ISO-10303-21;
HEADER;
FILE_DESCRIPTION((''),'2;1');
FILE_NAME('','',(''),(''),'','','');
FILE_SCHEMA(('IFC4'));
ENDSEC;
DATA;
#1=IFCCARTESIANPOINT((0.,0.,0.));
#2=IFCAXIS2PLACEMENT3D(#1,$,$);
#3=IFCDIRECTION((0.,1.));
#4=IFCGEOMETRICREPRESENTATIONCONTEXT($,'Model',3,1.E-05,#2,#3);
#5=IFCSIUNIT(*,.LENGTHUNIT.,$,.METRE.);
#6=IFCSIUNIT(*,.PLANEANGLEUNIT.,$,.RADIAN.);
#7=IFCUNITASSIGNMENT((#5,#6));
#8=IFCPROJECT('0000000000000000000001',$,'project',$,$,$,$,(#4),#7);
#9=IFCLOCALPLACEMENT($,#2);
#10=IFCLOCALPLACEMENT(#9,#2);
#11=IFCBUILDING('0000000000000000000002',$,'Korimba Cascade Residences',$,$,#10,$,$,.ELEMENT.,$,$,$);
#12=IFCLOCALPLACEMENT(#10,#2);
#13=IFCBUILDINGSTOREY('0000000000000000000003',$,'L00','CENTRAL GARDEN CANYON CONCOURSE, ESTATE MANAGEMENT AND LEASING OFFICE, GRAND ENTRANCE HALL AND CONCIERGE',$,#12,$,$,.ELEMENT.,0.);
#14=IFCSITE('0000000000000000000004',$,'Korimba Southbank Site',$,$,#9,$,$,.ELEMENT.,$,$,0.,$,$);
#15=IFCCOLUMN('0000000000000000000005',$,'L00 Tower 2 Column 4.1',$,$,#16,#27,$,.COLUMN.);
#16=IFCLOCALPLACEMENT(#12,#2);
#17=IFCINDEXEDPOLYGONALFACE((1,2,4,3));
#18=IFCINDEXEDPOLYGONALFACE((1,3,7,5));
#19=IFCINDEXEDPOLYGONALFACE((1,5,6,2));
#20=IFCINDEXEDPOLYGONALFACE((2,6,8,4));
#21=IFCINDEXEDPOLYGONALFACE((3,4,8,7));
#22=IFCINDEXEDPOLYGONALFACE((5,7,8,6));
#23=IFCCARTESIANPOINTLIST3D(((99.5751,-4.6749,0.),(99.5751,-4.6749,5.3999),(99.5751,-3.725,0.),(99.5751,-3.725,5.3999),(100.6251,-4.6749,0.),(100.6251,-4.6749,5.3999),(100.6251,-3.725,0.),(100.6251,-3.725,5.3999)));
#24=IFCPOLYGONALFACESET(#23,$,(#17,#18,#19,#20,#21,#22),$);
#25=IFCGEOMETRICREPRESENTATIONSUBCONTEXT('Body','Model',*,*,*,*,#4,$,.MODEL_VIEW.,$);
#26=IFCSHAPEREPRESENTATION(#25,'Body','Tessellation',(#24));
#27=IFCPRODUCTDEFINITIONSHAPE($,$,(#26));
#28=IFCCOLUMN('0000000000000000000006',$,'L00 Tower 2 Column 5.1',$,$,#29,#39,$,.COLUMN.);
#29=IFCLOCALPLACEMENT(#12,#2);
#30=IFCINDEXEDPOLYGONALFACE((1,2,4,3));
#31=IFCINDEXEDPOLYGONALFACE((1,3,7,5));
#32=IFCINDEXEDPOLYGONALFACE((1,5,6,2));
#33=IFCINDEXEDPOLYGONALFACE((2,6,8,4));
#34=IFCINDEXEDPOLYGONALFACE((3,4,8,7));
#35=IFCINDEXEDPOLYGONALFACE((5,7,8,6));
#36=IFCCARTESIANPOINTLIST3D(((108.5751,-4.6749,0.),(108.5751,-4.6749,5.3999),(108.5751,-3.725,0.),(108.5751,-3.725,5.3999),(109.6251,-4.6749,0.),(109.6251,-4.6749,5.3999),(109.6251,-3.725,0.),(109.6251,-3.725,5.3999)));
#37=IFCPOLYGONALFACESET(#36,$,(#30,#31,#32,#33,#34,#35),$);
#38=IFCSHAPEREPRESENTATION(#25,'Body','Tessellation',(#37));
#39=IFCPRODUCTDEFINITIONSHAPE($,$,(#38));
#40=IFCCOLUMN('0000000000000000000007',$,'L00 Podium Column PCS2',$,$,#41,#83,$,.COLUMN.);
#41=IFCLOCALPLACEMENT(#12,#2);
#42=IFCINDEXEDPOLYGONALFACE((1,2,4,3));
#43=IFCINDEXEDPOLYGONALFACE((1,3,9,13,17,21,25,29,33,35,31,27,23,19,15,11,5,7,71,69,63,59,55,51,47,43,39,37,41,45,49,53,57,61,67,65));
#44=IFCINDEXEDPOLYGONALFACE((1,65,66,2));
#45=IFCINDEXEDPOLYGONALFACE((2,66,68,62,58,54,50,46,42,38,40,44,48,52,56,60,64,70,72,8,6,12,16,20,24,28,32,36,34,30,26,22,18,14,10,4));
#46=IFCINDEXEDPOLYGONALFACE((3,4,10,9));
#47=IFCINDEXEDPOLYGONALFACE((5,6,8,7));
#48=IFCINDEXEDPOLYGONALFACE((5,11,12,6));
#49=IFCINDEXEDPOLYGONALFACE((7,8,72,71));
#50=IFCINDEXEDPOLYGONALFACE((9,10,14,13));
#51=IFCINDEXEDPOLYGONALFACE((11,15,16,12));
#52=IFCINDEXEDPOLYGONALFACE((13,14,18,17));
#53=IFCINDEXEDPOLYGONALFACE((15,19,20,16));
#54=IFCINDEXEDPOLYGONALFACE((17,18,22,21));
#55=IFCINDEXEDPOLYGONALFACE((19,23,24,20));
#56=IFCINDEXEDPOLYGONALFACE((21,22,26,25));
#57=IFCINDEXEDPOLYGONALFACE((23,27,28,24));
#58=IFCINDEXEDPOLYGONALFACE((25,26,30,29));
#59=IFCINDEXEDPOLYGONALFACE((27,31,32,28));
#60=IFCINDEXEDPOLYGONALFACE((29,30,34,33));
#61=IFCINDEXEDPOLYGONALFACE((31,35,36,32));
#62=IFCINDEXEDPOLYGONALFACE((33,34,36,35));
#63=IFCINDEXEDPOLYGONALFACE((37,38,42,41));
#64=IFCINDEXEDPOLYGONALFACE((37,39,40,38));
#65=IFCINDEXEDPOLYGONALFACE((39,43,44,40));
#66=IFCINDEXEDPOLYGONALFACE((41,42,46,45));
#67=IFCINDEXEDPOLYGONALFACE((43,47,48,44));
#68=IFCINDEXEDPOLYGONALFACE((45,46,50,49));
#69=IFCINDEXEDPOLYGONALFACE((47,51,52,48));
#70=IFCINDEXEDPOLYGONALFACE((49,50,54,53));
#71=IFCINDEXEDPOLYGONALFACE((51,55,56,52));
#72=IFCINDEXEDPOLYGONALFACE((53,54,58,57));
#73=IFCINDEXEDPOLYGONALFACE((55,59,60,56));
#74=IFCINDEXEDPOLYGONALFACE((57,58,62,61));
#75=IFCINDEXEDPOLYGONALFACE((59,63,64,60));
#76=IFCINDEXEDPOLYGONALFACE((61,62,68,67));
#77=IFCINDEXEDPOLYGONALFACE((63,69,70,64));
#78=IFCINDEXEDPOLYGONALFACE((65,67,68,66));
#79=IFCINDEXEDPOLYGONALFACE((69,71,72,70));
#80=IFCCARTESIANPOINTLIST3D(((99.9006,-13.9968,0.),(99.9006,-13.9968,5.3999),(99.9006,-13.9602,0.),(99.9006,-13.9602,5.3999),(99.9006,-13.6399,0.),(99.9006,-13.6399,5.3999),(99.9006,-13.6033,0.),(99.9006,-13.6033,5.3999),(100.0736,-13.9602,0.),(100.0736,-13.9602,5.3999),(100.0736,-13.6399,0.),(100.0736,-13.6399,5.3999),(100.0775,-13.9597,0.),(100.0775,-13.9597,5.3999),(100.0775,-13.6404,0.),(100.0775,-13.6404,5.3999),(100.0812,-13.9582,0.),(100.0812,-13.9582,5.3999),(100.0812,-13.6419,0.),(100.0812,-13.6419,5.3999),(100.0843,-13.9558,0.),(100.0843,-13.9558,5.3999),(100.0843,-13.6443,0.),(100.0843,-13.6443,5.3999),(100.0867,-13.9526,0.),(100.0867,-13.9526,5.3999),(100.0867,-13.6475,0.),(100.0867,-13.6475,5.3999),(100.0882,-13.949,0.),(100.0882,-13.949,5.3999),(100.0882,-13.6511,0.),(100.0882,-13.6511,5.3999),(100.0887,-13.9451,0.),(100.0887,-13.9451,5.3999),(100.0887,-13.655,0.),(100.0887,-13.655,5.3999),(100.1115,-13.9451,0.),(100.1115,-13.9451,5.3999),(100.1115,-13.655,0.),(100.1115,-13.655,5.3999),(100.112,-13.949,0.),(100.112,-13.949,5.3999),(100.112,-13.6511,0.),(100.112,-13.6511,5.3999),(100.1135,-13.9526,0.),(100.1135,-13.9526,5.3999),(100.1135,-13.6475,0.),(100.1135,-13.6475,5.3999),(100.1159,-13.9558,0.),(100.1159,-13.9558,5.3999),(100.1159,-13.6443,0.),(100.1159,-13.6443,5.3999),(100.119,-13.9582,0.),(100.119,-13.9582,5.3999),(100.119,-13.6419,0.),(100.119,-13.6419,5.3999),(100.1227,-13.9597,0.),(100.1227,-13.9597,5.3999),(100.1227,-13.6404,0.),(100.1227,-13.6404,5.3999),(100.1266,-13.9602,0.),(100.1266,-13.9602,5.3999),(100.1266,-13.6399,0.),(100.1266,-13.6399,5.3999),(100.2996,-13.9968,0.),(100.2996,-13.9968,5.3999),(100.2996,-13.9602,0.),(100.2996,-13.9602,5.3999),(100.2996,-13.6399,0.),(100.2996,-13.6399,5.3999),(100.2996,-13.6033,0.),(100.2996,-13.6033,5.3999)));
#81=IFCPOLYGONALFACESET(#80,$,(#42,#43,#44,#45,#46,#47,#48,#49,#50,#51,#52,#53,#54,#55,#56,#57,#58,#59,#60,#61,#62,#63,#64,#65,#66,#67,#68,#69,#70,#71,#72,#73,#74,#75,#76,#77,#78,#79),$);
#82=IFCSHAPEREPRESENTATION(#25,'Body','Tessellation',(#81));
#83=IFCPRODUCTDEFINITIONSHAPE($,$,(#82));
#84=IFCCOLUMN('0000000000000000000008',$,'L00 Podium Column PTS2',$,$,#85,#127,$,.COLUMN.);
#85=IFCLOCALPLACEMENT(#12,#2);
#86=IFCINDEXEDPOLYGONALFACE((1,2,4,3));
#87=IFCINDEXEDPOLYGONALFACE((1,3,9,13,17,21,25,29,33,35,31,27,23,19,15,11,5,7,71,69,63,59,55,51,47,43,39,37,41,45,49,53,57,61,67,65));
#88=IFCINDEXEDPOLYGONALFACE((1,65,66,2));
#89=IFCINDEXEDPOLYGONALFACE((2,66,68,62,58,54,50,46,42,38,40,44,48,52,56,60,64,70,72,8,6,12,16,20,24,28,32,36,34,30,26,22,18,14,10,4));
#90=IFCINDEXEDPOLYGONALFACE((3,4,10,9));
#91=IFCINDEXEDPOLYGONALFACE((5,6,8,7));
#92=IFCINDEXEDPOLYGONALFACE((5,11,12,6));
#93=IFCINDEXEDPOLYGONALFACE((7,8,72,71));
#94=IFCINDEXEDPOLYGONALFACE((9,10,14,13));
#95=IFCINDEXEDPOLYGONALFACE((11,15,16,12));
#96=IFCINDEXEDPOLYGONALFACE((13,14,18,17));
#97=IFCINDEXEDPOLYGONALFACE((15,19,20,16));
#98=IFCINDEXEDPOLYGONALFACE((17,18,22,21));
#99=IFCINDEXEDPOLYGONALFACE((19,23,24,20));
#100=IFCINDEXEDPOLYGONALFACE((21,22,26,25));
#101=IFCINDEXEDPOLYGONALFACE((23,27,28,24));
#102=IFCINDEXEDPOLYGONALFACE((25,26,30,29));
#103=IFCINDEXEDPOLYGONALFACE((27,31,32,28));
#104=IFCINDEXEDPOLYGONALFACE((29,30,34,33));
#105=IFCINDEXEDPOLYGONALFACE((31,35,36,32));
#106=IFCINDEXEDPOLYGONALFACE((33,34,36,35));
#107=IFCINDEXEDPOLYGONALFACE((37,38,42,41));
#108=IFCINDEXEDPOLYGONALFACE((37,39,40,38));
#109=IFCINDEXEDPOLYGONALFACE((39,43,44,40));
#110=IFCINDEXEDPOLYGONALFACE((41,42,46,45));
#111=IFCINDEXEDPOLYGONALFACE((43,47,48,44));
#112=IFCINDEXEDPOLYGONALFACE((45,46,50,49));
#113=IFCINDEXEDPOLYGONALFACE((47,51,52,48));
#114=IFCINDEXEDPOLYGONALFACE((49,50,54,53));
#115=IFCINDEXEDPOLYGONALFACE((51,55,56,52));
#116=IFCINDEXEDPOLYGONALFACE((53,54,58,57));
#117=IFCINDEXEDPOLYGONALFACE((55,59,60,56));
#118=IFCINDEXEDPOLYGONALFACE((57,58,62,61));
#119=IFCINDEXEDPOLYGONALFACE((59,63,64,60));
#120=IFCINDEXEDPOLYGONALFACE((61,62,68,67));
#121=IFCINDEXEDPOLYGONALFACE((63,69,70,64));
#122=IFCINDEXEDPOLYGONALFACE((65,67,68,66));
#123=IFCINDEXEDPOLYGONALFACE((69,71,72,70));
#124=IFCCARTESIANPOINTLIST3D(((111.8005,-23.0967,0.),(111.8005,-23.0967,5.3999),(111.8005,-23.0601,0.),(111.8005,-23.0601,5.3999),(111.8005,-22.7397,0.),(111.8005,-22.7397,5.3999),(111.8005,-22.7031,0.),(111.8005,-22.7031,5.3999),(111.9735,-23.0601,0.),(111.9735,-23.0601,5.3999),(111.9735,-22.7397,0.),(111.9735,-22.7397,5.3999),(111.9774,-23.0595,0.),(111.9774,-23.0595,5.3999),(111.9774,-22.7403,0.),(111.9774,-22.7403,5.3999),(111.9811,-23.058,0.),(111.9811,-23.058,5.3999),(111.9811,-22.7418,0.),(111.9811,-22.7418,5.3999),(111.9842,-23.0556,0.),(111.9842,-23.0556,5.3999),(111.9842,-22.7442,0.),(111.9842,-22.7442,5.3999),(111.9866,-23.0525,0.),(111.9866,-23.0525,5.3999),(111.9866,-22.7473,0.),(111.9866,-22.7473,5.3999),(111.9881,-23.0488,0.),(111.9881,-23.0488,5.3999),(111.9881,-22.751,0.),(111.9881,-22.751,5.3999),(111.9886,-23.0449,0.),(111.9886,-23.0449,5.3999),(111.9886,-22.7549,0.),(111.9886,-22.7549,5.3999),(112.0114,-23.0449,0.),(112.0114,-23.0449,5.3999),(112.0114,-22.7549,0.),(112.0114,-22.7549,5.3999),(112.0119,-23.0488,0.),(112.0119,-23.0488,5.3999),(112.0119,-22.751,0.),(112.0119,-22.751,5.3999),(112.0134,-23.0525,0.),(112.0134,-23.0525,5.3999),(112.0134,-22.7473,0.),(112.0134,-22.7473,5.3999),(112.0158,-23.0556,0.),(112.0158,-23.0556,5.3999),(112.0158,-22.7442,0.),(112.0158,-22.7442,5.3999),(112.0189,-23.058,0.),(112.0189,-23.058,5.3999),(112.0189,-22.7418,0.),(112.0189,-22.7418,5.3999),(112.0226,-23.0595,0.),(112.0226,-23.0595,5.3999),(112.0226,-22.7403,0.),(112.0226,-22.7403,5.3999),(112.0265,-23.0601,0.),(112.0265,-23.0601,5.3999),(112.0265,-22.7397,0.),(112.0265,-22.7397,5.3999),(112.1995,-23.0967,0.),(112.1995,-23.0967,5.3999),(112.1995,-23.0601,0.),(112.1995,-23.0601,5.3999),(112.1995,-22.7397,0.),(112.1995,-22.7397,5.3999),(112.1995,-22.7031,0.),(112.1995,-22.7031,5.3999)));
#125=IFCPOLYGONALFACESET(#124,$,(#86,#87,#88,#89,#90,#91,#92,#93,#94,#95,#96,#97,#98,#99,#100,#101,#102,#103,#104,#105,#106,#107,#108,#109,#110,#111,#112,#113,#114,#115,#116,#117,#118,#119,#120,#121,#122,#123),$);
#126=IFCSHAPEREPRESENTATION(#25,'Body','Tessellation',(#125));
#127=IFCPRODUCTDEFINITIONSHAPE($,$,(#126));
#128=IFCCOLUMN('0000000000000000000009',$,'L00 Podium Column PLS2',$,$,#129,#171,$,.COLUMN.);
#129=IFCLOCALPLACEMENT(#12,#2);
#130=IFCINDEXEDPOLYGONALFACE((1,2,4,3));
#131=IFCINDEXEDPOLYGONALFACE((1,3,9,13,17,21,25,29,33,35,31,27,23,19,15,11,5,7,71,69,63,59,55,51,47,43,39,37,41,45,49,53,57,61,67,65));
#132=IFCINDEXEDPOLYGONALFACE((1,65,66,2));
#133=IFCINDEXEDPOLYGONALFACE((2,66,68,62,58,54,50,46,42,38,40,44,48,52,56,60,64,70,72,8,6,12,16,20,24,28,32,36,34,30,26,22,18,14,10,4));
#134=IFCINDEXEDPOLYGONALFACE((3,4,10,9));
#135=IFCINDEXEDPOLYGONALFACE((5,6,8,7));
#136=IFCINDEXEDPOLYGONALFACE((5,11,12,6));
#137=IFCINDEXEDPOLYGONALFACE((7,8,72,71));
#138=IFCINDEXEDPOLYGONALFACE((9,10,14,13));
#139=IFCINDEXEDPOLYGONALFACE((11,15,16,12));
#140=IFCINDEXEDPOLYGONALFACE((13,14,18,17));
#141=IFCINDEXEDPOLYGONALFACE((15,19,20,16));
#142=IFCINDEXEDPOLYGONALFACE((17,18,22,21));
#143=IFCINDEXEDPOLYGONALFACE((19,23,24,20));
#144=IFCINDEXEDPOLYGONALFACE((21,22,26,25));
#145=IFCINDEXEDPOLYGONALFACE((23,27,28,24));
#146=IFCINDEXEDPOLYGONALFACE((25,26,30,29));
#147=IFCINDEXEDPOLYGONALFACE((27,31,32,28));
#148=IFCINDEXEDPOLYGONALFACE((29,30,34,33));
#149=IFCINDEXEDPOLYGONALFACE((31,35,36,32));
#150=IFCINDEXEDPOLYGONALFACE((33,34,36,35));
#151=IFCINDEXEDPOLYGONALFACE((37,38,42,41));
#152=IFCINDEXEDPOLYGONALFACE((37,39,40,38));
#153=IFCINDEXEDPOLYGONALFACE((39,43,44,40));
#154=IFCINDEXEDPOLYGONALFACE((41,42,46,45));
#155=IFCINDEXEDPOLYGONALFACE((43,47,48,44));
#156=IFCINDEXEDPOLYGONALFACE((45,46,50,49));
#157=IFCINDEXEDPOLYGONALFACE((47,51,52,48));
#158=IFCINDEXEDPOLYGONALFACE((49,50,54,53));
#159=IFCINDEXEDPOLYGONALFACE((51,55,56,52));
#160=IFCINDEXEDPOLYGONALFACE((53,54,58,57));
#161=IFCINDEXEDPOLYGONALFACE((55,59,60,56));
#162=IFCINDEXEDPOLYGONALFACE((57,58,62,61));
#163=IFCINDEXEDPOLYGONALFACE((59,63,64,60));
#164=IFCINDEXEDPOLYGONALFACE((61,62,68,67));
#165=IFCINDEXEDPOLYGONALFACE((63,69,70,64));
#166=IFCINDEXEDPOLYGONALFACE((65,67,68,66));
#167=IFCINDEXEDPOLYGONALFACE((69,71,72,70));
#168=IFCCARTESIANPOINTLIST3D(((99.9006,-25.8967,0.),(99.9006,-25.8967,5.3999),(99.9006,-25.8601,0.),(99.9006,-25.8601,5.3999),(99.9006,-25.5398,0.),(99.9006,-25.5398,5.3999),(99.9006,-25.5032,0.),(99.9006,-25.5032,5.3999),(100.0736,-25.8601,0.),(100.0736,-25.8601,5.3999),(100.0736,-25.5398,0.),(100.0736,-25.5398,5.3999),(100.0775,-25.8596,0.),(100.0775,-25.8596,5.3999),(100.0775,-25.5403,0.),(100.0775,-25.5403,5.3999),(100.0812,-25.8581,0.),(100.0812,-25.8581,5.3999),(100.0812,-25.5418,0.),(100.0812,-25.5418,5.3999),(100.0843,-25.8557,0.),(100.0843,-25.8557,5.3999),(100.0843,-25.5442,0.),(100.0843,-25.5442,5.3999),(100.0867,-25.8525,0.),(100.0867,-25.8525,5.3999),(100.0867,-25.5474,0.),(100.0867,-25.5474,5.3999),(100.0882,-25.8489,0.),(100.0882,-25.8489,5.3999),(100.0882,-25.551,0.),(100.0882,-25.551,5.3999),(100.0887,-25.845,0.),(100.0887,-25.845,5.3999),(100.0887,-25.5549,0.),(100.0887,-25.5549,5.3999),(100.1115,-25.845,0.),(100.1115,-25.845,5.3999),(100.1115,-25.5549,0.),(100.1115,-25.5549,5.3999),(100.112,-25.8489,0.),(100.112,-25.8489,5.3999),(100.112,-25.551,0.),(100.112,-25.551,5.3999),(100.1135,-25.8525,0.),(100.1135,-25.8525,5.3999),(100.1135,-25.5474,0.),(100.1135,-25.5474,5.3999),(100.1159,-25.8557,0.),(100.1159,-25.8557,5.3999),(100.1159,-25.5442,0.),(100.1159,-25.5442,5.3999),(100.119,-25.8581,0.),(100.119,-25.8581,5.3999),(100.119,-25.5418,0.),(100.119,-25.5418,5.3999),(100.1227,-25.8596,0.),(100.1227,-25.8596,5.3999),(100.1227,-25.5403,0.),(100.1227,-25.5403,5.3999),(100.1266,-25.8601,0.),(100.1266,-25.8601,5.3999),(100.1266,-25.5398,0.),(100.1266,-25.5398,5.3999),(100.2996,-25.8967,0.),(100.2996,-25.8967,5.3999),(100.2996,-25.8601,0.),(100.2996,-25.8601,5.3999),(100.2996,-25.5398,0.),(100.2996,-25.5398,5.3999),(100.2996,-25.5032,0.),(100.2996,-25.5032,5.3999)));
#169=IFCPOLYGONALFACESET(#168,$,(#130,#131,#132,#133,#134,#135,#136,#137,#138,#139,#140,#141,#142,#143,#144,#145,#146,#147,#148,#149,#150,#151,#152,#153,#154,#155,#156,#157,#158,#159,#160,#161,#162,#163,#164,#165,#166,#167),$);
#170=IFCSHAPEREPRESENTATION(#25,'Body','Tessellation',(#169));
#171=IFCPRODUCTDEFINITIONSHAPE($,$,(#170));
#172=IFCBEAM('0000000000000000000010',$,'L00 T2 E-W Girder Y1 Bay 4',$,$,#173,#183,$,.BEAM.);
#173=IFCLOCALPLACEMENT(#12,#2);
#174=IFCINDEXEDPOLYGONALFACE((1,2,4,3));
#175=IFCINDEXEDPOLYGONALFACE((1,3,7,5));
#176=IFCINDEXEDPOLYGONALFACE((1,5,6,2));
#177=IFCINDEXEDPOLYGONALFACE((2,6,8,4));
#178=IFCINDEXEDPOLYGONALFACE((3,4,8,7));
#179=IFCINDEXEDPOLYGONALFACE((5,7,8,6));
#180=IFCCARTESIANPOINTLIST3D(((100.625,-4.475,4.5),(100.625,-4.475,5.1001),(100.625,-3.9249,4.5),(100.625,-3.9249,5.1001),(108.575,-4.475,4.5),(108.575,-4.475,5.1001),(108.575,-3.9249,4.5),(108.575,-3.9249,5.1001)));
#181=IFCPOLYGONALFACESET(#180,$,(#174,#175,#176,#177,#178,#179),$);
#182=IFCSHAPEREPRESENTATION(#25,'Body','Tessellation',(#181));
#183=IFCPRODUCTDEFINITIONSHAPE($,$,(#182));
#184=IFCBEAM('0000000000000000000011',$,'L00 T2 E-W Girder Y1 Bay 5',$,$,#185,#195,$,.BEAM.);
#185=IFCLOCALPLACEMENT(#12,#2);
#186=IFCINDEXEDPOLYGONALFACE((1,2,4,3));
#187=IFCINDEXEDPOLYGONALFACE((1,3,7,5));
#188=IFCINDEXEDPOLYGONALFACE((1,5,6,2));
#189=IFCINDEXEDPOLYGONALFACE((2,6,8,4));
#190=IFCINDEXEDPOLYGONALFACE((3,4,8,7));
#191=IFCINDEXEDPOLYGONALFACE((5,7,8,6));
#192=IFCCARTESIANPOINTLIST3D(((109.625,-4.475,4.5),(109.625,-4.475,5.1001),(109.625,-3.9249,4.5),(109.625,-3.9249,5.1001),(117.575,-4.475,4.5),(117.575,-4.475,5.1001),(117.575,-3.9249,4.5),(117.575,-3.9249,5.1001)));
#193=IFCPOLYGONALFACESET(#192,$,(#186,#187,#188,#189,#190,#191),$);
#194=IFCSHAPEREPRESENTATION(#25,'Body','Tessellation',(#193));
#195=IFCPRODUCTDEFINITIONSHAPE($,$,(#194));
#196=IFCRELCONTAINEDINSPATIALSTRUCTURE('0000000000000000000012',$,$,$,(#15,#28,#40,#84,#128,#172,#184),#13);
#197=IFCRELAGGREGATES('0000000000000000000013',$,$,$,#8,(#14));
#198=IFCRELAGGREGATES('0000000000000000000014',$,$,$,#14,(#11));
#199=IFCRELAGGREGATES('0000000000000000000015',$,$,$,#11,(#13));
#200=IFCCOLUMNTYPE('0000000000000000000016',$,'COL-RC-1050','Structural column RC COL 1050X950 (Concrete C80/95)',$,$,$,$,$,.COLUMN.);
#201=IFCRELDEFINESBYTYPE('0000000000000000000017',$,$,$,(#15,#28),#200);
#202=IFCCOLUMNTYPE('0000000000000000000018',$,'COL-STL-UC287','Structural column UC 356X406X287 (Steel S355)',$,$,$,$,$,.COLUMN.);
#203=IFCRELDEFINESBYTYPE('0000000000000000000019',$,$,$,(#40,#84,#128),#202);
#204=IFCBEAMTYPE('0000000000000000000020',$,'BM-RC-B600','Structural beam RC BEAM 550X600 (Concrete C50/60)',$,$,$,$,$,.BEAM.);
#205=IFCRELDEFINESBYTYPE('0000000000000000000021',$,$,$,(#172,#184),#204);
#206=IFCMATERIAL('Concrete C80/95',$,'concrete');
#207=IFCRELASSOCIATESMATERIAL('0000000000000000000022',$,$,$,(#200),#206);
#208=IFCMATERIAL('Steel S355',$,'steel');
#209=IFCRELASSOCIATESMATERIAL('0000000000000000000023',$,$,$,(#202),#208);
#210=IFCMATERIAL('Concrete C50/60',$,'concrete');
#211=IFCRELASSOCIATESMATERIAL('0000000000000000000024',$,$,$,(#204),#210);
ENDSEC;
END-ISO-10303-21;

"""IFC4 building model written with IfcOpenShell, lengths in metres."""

from ifc_helpers import new_model, si_unit, direction, frame, origin, origin_2d, place, context, subcontext, project, spatial, rectangle, i_section, extrude, material, material_profile, profile_set, type_object, element, save


model = new_model("IFC4")

# Units and contexts
model_context = context("Model", 3, precision=1e-05, world=origin(), true_north=direction((0.0, 1.0)))
body_context = subcontext(model_context, "Body", "Model", "MODEL_VIEW")
ifc_project = project(units=[si_unit("LENGTHUNIT", "METRE"), si_unit("PLANEANGLEUNIT", "RADIAN")], contexts=[model_context])

# Site, building, storey
site_placement = place(None, origin())
site = spatial("IfcSite", under=ifc_project, at=site_placement, Name="Korimba Southbank Site", CompositionType="ELEMENT", RefElevation=0.0)
building_placement = place(site_placement, origin())
building = spatial("IfcBuilding", under=site, at=building_placement, Name="Korimba Cascade Residences", CompositionType="ELEMENT")
storey_placement = place(building_placement, origin())
storey = spatial("IfcBuildingStorey", under=building, at=storey_placement, Name="L00", Description="CENTRAL GARDEN CANYON CONCOURSE, ESTATE MANAGEMENT AND LEASING OFFICE, GRAND ENTRANCE HALL AND CONCIERGE", CompositionType="ELEMENT", Elevation=0.0)

# Columns
ifc_material_1 = material(Name="Concrete C80/95", Category="concrete")
ifc_material_profile_1 = material_profile(ifc_material_1, rectangle(XDim=1.05, YDim=0.95, at=origin_2d()), Name="Concrete C80/95")
ifc_profile_set_1 = profile_set([ifc_material_profile_1], Name="Concrete C80/95")
column_type_1 = type_object("IfcColumnType", Name="COL-RC-1050", Description="Structural column RC COL 1050X950 (Concrete C80/95)", PredefinedType="COLUMN", material=ifc_profile_set_1)
for number, where, z_axis, x_axis, name in (
    (1, (100.1001, -4.2, 0.0), (0.0, 0.0, 1.0), (1.0, 0.0, 0.0), "L00 Tower 2 Column 4.1"),
    (2, (109.1001, -4.2, 0.0), (0.0, 0.0, 1.0), (1.0, 0.0, 0.0), "L00 Tower 2 Column 5.1"),
):
    element("IfcColumn", number, at=place(storey_placement, frame(where, z_axis=z_axis, x_axis=x_axis)), inside=storey, type_object=column_type_1, Name=name, PredefinedType="COLUMN", context=body_context, shape_type="SweptSolid", body=[
        extrude(rectangle(XDim=1.05, YDim=0.95, at=origin_2d()), origin(), (0.0, 0.0, 1.0), 5.3999),
    ])
ifc_material_2 = material(Name="Steel S355", Category="steel")
ifc_material_profile_2 = material_profile(ifc_material_2, i_section(OverallWidth=0.3989, OverallDepth=0.3936, WebThickness=0.0227, FlangeThickness=0.0366, FilletRadius=0.0151, at=origin_2d()), Name="Steel S355")
ifc_profile_set_2 = profile_set([ifc_material_profile_2], Name="Steel S355")
column_type_2 = type_object("IfcColumnType", Name="COL-STL-UC287", Description="Structural column UC 356X406X287 (Steel S355)", PredefinedType="COLUMN", material=ifc_profile_set_2)
for number, where, z_axis, x_axis, name in (
    (3, (100.1001, -13.8, 0.0), (0.0, 0.0, 1.0), (1.0, 0.0, 0.0), "L00 Podium Column PCS2"),
    (4, (112.0, -22.8999, 0.0), (0.0, 0.0, 1.0), (1.0, 0.0, 0.0), "L00 Podium Column PTS2"),
    (5, (100.1001, -25.7, 0.0), (0.0, 0.0, 1.0), (1.0, 0.0, 0.0), "L00 Podium Column PLS2"),
):
    element("IfcColumn", number, at=place(storey_placement, frame(where, z_axis=z_axis, x_axis=x_axis)), inside=storey, type_object=column_type_2, Name=name, PredefinedType="COLUMN", context=body_context, shape_type="SweptSolid", body=[
        extrude(i_section(OverallWidth=0.3989, OverallDepth=0.3936, WebThickness=0.0227, FlangeThickness=0.0366, FilletRadius=0.0151, at=origin_2d()), origin(), (0.0, 0.0, 1.0), 5.3999),
    ])

# Beams
ifc_material_3 = material(Name="Concrete C50/60", Category="concrete")
ifc_material_profile_3 = material_profile(ifc_material_3, rectangle(XDim=0.55, YDim=0.6001, at=origin_2d()), Name="Concrete C50/60")
ifc_profile_set_3 = profile_set([ifc_material_profile_3], Name="Concrete C50/60")
beam_type_1 = type_object("IfcBeamType", Name="BM-RC-B600", Description="Structural beam RC BEAM 550X600 (Concrete C50/60)", PredefinedType="BEAM", material=ifc_profile_set_3)
for number, where, z_axis, x_axis, name in (
    (6, (100.625, -4.2, 4.8), (1.0, 0.0, 0.0), (0.0, 1.0, 0.0), "L00 T2 E-W Girder Y1 Bay 4"),
    (7, (109.625, -4.2, 4.8), (1.0, 0.0, 0.0), (0.0, 1.0, 0.0), "L00 T2 E-W Girder Y1 Bay 5"),
):
    element("IfcBeam", number, at=place(storey_placement, frame(where, z_axis=z_axis, x_axis=x_axis)), inside=storey, type_object=beam_type_1, Name=name, PredefinedType="BEAM", context=body_context, shape_type="SweptSolid", body=[
        extrude(rectangle(XDim=0.55, YDim=0.6001, at=origin_2d()), origin(), (0.0, 0.0, 1.0), 7.95),
    ])

save(model, "model.ifc")
